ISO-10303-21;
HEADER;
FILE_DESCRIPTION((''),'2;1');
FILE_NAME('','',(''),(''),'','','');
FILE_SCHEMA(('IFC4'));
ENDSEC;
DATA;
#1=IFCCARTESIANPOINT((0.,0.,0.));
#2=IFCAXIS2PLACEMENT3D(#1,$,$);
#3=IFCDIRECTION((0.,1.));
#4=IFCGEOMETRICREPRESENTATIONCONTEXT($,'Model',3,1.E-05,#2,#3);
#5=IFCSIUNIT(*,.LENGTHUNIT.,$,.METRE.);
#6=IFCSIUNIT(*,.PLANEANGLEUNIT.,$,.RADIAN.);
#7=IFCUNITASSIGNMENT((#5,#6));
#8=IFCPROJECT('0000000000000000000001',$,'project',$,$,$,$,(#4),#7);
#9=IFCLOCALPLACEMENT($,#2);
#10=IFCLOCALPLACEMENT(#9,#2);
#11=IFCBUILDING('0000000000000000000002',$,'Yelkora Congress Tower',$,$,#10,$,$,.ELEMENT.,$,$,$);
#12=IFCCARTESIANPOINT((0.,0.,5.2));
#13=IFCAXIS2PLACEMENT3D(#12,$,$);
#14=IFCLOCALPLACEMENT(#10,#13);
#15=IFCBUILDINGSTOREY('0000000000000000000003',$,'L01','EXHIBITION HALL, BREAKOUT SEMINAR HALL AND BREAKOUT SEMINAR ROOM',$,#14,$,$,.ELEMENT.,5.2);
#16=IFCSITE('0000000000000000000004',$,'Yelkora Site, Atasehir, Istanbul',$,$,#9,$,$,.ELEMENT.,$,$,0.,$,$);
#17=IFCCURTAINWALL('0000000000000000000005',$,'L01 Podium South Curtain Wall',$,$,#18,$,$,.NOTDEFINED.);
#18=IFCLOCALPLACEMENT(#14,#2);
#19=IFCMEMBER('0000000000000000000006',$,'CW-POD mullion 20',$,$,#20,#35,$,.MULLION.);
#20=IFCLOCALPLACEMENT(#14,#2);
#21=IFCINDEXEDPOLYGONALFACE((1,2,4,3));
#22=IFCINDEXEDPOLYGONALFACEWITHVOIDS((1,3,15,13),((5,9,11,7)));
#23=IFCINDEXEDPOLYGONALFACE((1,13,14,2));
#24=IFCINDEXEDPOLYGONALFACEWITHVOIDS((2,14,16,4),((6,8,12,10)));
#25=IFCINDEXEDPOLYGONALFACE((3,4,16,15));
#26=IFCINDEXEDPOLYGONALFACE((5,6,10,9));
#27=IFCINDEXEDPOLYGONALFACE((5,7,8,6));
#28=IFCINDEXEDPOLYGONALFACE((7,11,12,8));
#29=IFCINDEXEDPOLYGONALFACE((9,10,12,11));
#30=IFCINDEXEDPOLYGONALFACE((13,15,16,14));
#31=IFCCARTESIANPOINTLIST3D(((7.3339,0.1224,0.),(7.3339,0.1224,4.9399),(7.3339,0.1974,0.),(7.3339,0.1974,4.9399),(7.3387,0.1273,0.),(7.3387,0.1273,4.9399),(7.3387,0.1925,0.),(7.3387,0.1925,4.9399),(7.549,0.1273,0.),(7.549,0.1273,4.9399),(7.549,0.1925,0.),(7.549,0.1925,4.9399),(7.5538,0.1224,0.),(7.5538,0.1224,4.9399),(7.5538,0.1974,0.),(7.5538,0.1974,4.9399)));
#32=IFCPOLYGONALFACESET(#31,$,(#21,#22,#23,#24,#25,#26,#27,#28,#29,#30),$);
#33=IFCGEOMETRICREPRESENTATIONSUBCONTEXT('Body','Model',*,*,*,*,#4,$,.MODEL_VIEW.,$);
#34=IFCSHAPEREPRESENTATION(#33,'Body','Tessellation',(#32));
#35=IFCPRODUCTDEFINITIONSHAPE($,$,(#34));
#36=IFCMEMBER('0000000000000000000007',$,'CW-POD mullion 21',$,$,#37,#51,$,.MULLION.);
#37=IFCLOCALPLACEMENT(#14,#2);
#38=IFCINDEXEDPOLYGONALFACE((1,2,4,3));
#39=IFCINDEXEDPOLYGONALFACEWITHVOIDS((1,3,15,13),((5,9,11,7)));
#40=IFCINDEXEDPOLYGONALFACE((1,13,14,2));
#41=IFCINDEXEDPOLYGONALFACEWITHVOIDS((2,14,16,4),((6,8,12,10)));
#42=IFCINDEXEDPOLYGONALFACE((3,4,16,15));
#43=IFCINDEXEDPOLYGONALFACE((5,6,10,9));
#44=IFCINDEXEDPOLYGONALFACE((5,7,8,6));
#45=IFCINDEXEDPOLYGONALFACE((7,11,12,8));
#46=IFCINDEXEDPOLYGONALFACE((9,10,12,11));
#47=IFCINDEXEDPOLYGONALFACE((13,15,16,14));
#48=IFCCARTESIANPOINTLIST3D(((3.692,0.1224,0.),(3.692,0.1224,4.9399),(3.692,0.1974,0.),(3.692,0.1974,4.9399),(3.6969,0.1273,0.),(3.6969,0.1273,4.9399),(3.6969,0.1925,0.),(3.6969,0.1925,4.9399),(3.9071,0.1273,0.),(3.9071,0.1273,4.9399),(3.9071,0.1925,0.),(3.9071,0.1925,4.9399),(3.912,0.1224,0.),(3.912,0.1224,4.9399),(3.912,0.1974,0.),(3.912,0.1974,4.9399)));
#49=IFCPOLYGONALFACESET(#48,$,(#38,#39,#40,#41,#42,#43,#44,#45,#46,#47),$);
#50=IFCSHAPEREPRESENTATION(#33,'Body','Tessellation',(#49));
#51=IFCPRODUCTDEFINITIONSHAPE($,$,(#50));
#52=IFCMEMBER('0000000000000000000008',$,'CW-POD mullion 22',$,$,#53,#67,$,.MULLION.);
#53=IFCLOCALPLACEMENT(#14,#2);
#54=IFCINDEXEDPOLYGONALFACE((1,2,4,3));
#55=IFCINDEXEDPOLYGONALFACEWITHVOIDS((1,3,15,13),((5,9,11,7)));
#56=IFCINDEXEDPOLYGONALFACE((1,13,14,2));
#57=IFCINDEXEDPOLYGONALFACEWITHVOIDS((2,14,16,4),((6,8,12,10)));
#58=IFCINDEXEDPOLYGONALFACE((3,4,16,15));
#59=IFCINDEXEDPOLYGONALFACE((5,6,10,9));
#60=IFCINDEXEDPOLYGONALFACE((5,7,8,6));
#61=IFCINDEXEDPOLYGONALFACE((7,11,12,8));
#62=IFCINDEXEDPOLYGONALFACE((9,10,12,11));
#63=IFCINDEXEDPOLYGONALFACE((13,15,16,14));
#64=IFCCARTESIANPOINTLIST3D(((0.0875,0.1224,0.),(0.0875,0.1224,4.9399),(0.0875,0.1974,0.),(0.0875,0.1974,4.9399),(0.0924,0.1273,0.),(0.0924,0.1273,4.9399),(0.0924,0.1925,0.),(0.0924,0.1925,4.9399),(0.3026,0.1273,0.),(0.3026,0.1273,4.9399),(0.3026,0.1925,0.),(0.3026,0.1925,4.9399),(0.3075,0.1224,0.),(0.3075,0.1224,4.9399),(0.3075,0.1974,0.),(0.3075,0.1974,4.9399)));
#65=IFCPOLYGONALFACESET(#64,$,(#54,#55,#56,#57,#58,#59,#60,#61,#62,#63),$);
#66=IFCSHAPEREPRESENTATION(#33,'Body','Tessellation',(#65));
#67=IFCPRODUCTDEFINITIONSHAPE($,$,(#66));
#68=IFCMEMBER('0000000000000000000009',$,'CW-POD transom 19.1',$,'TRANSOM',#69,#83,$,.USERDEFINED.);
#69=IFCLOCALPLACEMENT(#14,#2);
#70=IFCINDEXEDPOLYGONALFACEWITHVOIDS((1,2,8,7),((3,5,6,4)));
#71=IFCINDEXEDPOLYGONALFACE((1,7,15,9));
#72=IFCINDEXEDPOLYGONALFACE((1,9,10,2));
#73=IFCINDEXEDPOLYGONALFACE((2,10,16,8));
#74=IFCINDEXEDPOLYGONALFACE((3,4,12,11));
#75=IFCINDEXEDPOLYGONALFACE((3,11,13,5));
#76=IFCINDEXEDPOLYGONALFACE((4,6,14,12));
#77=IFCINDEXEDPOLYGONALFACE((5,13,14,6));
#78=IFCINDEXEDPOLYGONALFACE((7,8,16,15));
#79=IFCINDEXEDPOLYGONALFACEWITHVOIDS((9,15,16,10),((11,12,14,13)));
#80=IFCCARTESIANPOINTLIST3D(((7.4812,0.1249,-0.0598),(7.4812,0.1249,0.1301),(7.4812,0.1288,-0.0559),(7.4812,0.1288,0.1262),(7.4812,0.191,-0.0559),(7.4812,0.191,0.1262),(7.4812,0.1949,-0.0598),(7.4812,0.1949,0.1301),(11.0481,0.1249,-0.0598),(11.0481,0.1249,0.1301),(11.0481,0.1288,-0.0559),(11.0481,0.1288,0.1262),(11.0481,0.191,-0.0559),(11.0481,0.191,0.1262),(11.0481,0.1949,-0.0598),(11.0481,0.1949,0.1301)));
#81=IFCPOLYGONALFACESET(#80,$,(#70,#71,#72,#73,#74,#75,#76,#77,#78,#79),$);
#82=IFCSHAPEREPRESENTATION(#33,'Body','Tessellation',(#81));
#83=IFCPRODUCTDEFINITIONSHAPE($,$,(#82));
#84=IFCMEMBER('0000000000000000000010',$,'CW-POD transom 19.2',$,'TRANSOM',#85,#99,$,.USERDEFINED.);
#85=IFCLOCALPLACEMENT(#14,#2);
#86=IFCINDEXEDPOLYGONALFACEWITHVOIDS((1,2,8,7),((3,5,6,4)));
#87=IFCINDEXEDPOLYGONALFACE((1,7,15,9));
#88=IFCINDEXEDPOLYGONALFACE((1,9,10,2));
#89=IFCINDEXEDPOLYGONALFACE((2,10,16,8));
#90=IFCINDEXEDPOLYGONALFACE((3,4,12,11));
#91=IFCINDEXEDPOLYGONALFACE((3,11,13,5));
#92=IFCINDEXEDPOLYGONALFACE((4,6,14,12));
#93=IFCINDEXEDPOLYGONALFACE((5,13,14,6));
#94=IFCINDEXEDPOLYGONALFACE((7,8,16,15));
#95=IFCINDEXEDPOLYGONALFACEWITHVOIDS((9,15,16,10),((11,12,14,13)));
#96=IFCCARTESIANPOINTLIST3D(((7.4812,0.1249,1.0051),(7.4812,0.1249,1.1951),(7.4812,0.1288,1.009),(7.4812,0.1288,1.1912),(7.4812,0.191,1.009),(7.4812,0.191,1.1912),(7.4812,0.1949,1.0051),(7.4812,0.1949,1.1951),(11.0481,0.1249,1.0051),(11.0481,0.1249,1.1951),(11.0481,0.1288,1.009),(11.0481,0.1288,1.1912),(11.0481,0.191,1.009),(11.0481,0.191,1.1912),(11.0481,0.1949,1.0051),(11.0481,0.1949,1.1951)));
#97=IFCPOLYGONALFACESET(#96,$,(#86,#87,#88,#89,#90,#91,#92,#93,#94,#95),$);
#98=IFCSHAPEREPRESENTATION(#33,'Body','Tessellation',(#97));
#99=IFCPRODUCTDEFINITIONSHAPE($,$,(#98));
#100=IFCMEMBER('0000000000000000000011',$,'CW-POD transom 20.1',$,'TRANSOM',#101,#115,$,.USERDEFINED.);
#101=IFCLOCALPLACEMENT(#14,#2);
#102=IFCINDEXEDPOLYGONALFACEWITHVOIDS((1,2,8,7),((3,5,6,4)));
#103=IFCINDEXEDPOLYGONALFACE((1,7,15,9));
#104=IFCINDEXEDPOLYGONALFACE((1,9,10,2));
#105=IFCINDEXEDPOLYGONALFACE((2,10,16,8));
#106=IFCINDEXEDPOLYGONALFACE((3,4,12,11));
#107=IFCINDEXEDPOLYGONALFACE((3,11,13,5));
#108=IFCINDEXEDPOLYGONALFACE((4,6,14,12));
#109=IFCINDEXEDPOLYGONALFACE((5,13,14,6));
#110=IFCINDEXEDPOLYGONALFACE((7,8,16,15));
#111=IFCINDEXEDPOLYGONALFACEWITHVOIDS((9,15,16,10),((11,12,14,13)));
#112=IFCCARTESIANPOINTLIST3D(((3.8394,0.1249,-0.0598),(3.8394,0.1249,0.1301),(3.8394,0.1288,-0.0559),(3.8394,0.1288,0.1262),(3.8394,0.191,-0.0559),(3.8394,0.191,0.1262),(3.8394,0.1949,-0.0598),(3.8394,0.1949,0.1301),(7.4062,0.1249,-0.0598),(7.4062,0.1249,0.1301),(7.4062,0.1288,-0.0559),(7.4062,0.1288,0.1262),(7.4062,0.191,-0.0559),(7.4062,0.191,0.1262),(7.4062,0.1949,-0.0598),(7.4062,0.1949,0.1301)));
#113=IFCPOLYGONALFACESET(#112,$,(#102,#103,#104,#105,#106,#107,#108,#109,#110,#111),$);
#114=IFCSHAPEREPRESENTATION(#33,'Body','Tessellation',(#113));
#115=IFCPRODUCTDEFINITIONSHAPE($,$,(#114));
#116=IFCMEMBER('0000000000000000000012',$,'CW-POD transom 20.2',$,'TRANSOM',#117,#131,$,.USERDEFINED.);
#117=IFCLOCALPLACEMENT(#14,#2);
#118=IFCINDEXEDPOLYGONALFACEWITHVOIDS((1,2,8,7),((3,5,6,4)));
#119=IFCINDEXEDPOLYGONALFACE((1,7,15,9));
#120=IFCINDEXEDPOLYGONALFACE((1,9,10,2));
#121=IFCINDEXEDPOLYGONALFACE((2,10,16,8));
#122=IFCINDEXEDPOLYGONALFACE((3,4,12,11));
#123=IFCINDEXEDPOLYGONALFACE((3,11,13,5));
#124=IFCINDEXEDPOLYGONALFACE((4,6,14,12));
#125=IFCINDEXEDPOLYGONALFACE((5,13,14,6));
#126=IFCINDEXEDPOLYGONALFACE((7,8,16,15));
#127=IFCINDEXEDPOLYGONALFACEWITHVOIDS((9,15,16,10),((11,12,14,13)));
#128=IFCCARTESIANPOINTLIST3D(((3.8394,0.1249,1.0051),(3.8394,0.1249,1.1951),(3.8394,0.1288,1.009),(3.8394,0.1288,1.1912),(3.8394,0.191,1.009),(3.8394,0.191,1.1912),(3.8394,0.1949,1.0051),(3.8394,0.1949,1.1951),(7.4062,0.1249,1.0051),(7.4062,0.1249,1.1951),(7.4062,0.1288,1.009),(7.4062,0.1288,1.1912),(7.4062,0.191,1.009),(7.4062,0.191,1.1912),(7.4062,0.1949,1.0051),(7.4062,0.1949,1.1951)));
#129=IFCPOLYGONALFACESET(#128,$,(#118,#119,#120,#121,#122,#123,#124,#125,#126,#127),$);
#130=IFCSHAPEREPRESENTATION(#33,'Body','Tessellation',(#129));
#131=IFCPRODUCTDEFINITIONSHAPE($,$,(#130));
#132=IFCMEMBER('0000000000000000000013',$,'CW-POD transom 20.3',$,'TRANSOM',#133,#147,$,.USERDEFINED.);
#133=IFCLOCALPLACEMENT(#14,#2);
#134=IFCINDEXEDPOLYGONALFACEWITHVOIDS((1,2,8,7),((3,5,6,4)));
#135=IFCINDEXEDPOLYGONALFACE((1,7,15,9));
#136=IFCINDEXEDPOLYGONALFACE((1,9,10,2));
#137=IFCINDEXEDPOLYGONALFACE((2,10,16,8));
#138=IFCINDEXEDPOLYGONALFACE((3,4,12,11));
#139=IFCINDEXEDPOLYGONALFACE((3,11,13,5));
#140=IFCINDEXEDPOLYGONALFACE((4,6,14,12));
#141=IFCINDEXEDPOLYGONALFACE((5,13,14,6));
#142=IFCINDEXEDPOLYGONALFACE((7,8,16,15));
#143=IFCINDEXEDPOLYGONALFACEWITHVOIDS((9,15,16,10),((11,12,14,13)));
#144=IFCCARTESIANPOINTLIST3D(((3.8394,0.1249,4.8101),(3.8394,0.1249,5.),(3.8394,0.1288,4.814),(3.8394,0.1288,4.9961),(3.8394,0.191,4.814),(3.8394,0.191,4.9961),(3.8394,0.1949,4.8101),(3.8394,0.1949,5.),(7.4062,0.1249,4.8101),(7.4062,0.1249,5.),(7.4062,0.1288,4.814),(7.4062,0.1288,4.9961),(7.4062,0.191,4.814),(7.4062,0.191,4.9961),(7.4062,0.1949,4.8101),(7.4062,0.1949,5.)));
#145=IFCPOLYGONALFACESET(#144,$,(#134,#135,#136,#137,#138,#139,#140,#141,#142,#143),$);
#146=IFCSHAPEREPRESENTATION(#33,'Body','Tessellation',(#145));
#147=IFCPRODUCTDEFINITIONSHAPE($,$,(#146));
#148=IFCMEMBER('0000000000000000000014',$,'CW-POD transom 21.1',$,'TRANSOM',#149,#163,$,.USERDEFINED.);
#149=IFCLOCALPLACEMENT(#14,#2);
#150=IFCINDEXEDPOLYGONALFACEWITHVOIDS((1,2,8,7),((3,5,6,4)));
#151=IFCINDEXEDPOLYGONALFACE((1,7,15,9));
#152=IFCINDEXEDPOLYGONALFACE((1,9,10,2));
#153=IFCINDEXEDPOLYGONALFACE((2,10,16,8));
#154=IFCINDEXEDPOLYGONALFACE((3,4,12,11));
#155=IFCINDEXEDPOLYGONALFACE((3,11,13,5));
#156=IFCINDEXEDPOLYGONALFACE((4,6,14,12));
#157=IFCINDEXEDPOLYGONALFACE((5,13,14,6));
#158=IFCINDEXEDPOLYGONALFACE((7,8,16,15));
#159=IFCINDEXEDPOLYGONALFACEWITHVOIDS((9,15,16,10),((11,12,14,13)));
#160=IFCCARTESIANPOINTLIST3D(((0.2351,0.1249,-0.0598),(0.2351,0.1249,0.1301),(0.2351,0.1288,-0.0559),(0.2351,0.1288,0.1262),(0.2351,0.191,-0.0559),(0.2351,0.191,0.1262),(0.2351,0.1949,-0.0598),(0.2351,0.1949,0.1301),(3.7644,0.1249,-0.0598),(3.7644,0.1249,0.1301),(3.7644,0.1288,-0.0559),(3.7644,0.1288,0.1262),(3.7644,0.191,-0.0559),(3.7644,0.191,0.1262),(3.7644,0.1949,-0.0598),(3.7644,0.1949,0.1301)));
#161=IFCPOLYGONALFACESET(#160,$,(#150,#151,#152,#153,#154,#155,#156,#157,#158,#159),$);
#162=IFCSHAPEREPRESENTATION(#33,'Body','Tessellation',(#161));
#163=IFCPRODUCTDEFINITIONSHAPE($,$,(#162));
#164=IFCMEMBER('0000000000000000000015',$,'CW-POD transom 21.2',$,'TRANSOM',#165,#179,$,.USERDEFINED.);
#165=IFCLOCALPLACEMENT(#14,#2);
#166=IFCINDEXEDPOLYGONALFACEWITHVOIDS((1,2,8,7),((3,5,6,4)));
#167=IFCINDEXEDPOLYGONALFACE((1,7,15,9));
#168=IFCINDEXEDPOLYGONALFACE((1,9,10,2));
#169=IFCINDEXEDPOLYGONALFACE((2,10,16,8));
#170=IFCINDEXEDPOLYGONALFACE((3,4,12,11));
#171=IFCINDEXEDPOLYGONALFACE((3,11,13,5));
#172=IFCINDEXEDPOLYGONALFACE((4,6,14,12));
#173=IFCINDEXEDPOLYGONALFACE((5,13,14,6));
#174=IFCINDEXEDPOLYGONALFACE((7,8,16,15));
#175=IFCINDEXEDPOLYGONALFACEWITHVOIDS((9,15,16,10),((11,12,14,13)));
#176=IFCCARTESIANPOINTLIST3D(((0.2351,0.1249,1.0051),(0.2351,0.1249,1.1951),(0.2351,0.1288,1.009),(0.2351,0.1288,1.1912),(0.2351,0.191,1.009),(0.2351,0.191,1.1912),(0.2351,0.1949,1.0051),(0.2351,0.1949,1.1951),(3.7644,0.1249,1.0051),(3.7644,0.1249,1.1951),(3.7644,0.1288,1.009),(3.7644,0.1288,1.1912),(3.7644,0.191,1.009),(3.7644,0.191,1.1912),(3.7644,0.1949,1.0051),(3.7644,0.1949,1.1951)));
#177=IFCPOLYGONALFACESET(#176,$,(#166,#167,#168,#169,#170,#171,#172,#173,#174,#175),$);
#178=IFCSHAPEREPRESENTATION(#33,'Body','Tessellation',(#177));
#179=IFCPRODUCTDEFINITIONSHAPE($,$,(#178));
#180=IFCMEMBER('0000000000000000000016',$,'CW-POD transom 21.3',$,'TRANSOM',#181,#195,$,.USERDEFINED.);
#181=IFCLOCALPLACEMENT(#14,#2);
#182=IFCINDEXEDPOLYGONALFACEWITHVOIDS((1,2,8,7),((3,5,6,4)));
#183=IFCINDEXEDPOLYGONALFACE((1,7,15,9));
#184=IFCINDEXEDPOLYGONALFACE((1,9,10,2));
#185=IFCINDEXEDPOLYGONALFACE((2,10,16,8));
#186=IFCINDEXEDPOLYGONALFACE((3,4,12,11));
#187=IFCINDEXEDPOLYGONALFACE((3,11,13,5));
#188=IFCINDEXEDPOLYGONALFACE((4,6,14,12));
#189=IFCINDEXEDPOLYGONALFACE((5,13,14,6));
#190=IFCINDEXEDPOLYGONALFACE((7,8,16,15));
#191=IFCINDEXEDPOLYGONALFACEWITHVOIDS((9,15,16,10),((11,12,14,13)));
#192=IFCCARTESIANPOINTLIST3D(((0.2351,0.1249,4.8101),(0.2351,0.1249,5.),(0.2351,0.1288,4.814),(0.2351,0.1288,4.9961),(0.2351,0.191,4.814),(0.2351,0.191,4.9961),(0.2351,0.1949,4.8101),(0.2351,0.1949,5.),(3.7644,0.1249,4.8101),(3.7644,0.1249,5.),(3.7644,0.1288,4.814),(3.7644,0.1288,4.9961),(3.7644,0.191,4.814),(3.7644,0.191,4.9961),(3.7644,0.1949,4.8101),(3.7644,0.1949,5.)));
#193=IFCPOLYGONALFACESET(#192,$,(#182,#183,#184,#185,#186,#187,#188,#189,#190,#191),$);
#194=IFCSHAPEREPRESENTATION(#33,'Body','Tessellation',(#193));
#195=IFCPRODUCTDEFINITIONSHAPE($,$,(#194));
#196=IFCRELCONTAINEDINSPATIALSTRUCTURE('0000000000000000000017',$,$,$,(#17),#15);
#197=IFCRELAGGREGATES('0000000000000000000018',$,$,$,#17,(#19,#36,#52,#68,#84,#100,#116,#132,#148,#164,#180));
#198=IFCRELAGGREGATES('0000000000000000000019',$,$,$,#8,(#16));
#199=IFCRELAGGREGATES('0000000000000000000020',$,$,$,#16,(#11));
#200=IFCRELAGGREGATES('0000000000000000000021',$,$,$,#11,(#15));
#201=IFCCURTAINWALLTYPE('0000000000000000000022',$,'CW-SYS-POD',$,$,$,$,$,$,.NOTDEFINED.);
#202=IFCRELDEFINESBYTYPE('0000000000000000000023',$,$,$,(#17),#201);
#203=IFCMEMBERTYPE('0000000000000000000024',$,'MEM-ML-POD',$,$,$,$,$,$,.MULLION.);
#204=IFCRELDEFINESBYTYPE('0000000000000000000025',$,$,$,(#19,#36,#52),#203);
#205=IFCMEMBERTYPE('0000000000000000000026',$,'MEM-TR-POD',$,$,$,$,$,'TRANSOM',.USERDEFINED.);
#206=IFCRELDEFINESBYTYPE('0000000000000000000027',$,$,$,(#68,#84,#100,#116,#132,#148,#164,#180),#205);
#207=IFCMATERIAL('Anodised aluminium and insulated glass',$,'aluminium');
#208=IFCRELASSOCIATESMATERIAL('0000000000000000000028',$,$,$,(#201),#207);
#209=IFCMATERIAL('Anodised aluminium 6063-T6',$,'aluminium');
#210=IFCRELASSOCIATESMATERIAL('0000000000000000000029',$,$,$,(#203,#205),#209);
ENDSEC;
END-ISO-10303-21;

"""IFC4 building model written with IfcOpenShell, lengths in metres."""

from ifc_helpers import new_model, si_unit, direction, frame, origin, origin_2d, place, context, subcontext, project, spatial, hollow_rectangle, extrude, material, material_profile, profile_set, type_object, element, aggregate, save


model = new_model("IFC4")

# Units and contexts
model_context = context("Model", 3, precision=1e-05, world=origin(), true_north=direction((0.0, 1.0)))
body_context = subcontext(model_context, "Body", "Model", "MODEL_VIEW")
ifc_project = project(units=[si_unit("LENGTHUNIT", "METRE"), si_unit("PLANEANGLEUNIT", "RADIAN")], contexts=[model_context])

# Site, building, storey
site_placement = place(None, origin())
site = spatial("IfcSite", under=ifc_project, at=site_placement, Name="Yelkora Site, Atasehir, Istanbul", CompositionType="ELEMENT", RefElevation=0.0)
building_placement = place(site_placement, origin())
building = spatial("IfcBuilding", under=site, at=building_placement, Name="Yelkora Congress Tower", CompositionType="ELEMENT")
storey_placement = place(building_placement, frame((0.0, 0.0, 5.2)))
storey = spatial("IfcBuildingStorey", under=building, at=storey_placement, Name="L01", Description="EXHIBITION HALL, BREAKOUT SEMINAR HALL AND BREAKOUT SEMINAR ROOM", CompositionType="ELEMENT", Elevation=5.2)

# Curtain wall, members
ifc_material_1 = material(Name="Anodised aluminium and insulated glass", Category="aluminium")
curtain_wall_type = type_object("IfcCurtainWallType", Name="CW-SYS-POD", PredefinedType="NOTDEFINED", material=ifc_material_1)
curtain_wall_placement = place(storey_placement, origin())
curtain_wall = element("IfcCurtainWall", 1, at=curtain_wall_placement, inside=storey, type_object=curtain_wall_type, Name="L01 Podium South Curtain Wall", PredefinedType="NOTDEFINED")
ifc_material_2 = material(Name="Anodised aluminium 6063-T6", Category="aluminium")
ifc_material_profile_1 = material_profile(ifc_material_2, hollow_rectangle(XDim=0.075, YDim=0.22, WallThickness=0.0049, at=origin_2d()), Name="ALU 75x220x5")
ifc_profile_set_1 = profile_set([ifc_material_profile_1], Name="Anodised aluminium 6063-T6")
member_type_1 = type_object("IfcMemberType", Name="MEM-ML-POD", PredefinedType="MULLION", material=ifc_profile_set_1)
member_1_placement = place(storey_placement, frame((7.4438, 0.1599, 0.0), z_axis=(0.0, 0.0, 1.0), x_axis=(0.0, -1.0, 0.0)))
member_1 = element("IfcMember", 2, at=member_1_placement, type_object=member_type_1, Name="CW-POD mullion 20", PredefinedType="MULLION", context=body_context, shape_type="SweptSolid", body=[
    extrude(hollow_rectangle(XDim=0.075, YDim=0.22, WallThickness=0.0049, at=origin_2d()), origin(), (0.0, 0.0, 1.0), 4.9399),
])
member_2_placement = place(storey_placement, frame((3.802, 0.1599, 0.0), z_axis=(0.0, 0.0, 1.0), x_axis=(0.0, -1.0, 0.0)))
member_2 = element("IfcMember", 3, at=member_2_placement, type_object=member_type_1, Name="CW-POD mullion 21", PredefinedType="MULLION", context=body_context, shape_type="SweptSolid", body=[
    extrude(hollow_rectangle(XDim=0.075, YDim=0.22, WallThickness=0.0049, at=origin_2d()), origin(), (0.0, 0.0, 1.0), 4.9399),
])
member_3_placement = place(storey_placement, frame((0.1975, 0.1599, 0.0), z_axis=(0.0, 0.0, 1.0), x_axis=(0.0, -1.0, 0.0)))
member_3 = element("IfcMember", 4, at=member_3_placement, type_object=member_type_1, Name="CW-POD mullion 22", PredefinedType="MULLION", context=body_context, shape_type="SweptSolid", body=[
    extrude(hollow_rectangle(XDim=0.075, YDim=0.22, WallThickness=0.0049, at=origin_2d()), origin(), (0.0, 0.0, 1.0), 4.9399),
])
ifc_material_profile_2 = material_profile(ifc_material_2, hollow_rectangle(XDim=0.0701, YDim=0.1899, WallThickness=0.0039, at=origin_2d()), Name="ALU 70x190x4")
ifc_profile_set_2 = profile_set([ifc_material_profile_2], Name="Anodised aluminium 6063-T6")
member_type_2 = type_object("IfcMemberType", Name="MEM-TR-POD", ElementType="TRANSOM", PredefinedType="USERDEFINED", material=ifc_profile_set_2)
member_4_placement = place(storey_placement, frame((11.0481, 0.1599, 0.0352), z_axis=(-1.0, 0.0, 0.0), x_axis=(0.0, -1.0, 0.0)))
member_4 = element("IfcMember", 5, at=member_4_placement, type_object=member_type_2, Name="CW-POD transom 19.1", ObjectType="TRANSOM", PredefinedType="USERDEFINED", context=body_context, shape_type="SweptSolid", body=[
    extrude(hollow_rectangle(XDim=0.0701, YDim=0.1899, WallThickness=0.0039, at=origin_2d()), origin(), (0.0, 0.0, 1.0), 3.5669),
])
member_5_placement = place(storey_placement, frame((11.0481, 0.1599, 1.1001), z_axis=(-1.0, 0.0, 0.0), x_axis=(0.0, -1.0, 0.0)))
member_5 = element("IfcMember", 6, at=member_5_placement, type_object=member_type_2, Name="CW-POD transom 19.2", ObjectType="TRANSOM", PredefinedType="USERDEFINED", context=body_context, shape_type="SweptSolid", body=[
    extrude(hollow_rectangle(XDim=0.0701, YDim=0.1899, WallThickness=0.0039, at=origin_2d()), origin(), (0.0, 0.0, 1.0), 3.5669),
])
member_6_placement = place(storey_placement, frame((7.4062, 0.1599, 0.0352), z_axis=(-1.0, 0.0, 0.0), x_axis=(0.0, -1.0, 0.0)))
member_6 = element("IfcMember", 7, at=member_6_placement, type_object=member_type_2, Name="CW-POD transom 20.1", ObjectType="TRANSOM", PredefinedType="USERDEFINED", context=body_context, shape_type="SweptSolid", body=[
    extrude(hollow_rectangle(XDim=0.0701, YDim=0.1899, WallThickness=0.0039, at=origin_2d()), origin(), (0.0, 0.0, 1.0), 3.5669),
])
member_7_placement = place(storey_placement, frame((7.4062, 0.1599, 1.1001), z_axis=(-1.0, 0.0, 0.0), x_axis=(0.0, -1.0, 0.0)))
member_7 = element("IfcMember", 8, at=member_7_placement, type_object=member_type_2, Name="CW-POD transom 20.2", ObjectType="TRANSOM", PredefinedType="USERDEFINED", context=body_context, shape_type="SweptSolid", body=[
    extrude(hollow_rectangle(XDim=0.0701, YDim=0.1899, WallThickness=0.0039, at=origin_2d()), origin(), (0.0, 0.0, 1.0), 3.5669),
])
member_8_placement = place(storey_placement, frame((7.4062, 0.1599, 4.905), z_axis=(-1.0, 0.0, 0.0), x_axis=(0.0, -1.0, 0.0)))
member_8 = element("IfcMember", 9, at=member_8_placement, type_object=member_type_2, Name="CW-POD transom 20.3", ObjectType="TRANSOM", PredefinedType="USERDEFINED", context=body_context, shape_type="SweptSolid", body=[
    extrude(hollow_rectangle(XDim=0.0701, YDim=0.1899, WallThickness=0.0039, at=origin_2d()), origin(), (0.0, 0.0, 1.0), 3.5669),
])
member_9_placement = place(storey_placement, frame((3.7644, 0.1599, 0.0352), z_axis=(-1.0, 0.0, 0.0), x_axis=(0.0, -1.0, 0.0)))
member_9 = element("IfcMember", 10, at=member_9_placement, type_object=member_type_2, Name="CW-POD transom 21.1", ObjectType="TRANSOM", PredefinedType="USERDEFINED", context=body_context, shape_type="SweptSolid", body=[
    extrude(hollow_rectangle(XDim=0.0701, YDim=0.1899, WallThickness=0.0039, at=origin_2d()), origin(), (0.0, 0.0, 1.0), 3.5293),
])
member_10_placement = place(storey_placement, frame((3.7644, 0.1599, 1.1001), z_axis=(-1.0, 0.0, 0.0), x_axis=(0.0, -1.0, 0.0)))
member_10 = element("IfcMember", 11, at=member_10_placement, type_object=member_type_2, Name="CW-POD transom 21.2", ObjectType="TRANSOM", PredefinedType="USERDEFINED", context=body_context, shape_type="SweptSolid", body=[
    extrude(hollow_rectangle(XDim=0.0701, YDim=0.1899, WallThickness=0.0039, at=origin_2d()), origin(), (0.0, 0.0, 1.0), 3.5293),
])
member_11_placement = place(storey_placement, frame((3.7644, 0.1599, 4.905), z_axis=(-1.0, 0.0, 0.0), x_axis=(0.0, -1.0, 0.0)))
member_11 = element("IfcMember", 12, at=member_11_placement, type_object=member_type_2, Name="CW-POD transom 21.3", ObjectType="TRANSOM", PredefinedType="USERDEFINED", context=body_context, shape_type="SweptSolid", body=[
    extrude(hollow_rectangle(XDim=0.0701, YDim=0.1899, WallThickness=0.0039, at=origin_2d()), origin(), (0.0, 0.0, 1.0), 3.5293),
])
aggregate(curtain_wall, [member_1, member_2, member_3, member_4, member_5, member_6, member_7, member_8, member_9, member_10, member_11])

save(model, "model.ifc")
